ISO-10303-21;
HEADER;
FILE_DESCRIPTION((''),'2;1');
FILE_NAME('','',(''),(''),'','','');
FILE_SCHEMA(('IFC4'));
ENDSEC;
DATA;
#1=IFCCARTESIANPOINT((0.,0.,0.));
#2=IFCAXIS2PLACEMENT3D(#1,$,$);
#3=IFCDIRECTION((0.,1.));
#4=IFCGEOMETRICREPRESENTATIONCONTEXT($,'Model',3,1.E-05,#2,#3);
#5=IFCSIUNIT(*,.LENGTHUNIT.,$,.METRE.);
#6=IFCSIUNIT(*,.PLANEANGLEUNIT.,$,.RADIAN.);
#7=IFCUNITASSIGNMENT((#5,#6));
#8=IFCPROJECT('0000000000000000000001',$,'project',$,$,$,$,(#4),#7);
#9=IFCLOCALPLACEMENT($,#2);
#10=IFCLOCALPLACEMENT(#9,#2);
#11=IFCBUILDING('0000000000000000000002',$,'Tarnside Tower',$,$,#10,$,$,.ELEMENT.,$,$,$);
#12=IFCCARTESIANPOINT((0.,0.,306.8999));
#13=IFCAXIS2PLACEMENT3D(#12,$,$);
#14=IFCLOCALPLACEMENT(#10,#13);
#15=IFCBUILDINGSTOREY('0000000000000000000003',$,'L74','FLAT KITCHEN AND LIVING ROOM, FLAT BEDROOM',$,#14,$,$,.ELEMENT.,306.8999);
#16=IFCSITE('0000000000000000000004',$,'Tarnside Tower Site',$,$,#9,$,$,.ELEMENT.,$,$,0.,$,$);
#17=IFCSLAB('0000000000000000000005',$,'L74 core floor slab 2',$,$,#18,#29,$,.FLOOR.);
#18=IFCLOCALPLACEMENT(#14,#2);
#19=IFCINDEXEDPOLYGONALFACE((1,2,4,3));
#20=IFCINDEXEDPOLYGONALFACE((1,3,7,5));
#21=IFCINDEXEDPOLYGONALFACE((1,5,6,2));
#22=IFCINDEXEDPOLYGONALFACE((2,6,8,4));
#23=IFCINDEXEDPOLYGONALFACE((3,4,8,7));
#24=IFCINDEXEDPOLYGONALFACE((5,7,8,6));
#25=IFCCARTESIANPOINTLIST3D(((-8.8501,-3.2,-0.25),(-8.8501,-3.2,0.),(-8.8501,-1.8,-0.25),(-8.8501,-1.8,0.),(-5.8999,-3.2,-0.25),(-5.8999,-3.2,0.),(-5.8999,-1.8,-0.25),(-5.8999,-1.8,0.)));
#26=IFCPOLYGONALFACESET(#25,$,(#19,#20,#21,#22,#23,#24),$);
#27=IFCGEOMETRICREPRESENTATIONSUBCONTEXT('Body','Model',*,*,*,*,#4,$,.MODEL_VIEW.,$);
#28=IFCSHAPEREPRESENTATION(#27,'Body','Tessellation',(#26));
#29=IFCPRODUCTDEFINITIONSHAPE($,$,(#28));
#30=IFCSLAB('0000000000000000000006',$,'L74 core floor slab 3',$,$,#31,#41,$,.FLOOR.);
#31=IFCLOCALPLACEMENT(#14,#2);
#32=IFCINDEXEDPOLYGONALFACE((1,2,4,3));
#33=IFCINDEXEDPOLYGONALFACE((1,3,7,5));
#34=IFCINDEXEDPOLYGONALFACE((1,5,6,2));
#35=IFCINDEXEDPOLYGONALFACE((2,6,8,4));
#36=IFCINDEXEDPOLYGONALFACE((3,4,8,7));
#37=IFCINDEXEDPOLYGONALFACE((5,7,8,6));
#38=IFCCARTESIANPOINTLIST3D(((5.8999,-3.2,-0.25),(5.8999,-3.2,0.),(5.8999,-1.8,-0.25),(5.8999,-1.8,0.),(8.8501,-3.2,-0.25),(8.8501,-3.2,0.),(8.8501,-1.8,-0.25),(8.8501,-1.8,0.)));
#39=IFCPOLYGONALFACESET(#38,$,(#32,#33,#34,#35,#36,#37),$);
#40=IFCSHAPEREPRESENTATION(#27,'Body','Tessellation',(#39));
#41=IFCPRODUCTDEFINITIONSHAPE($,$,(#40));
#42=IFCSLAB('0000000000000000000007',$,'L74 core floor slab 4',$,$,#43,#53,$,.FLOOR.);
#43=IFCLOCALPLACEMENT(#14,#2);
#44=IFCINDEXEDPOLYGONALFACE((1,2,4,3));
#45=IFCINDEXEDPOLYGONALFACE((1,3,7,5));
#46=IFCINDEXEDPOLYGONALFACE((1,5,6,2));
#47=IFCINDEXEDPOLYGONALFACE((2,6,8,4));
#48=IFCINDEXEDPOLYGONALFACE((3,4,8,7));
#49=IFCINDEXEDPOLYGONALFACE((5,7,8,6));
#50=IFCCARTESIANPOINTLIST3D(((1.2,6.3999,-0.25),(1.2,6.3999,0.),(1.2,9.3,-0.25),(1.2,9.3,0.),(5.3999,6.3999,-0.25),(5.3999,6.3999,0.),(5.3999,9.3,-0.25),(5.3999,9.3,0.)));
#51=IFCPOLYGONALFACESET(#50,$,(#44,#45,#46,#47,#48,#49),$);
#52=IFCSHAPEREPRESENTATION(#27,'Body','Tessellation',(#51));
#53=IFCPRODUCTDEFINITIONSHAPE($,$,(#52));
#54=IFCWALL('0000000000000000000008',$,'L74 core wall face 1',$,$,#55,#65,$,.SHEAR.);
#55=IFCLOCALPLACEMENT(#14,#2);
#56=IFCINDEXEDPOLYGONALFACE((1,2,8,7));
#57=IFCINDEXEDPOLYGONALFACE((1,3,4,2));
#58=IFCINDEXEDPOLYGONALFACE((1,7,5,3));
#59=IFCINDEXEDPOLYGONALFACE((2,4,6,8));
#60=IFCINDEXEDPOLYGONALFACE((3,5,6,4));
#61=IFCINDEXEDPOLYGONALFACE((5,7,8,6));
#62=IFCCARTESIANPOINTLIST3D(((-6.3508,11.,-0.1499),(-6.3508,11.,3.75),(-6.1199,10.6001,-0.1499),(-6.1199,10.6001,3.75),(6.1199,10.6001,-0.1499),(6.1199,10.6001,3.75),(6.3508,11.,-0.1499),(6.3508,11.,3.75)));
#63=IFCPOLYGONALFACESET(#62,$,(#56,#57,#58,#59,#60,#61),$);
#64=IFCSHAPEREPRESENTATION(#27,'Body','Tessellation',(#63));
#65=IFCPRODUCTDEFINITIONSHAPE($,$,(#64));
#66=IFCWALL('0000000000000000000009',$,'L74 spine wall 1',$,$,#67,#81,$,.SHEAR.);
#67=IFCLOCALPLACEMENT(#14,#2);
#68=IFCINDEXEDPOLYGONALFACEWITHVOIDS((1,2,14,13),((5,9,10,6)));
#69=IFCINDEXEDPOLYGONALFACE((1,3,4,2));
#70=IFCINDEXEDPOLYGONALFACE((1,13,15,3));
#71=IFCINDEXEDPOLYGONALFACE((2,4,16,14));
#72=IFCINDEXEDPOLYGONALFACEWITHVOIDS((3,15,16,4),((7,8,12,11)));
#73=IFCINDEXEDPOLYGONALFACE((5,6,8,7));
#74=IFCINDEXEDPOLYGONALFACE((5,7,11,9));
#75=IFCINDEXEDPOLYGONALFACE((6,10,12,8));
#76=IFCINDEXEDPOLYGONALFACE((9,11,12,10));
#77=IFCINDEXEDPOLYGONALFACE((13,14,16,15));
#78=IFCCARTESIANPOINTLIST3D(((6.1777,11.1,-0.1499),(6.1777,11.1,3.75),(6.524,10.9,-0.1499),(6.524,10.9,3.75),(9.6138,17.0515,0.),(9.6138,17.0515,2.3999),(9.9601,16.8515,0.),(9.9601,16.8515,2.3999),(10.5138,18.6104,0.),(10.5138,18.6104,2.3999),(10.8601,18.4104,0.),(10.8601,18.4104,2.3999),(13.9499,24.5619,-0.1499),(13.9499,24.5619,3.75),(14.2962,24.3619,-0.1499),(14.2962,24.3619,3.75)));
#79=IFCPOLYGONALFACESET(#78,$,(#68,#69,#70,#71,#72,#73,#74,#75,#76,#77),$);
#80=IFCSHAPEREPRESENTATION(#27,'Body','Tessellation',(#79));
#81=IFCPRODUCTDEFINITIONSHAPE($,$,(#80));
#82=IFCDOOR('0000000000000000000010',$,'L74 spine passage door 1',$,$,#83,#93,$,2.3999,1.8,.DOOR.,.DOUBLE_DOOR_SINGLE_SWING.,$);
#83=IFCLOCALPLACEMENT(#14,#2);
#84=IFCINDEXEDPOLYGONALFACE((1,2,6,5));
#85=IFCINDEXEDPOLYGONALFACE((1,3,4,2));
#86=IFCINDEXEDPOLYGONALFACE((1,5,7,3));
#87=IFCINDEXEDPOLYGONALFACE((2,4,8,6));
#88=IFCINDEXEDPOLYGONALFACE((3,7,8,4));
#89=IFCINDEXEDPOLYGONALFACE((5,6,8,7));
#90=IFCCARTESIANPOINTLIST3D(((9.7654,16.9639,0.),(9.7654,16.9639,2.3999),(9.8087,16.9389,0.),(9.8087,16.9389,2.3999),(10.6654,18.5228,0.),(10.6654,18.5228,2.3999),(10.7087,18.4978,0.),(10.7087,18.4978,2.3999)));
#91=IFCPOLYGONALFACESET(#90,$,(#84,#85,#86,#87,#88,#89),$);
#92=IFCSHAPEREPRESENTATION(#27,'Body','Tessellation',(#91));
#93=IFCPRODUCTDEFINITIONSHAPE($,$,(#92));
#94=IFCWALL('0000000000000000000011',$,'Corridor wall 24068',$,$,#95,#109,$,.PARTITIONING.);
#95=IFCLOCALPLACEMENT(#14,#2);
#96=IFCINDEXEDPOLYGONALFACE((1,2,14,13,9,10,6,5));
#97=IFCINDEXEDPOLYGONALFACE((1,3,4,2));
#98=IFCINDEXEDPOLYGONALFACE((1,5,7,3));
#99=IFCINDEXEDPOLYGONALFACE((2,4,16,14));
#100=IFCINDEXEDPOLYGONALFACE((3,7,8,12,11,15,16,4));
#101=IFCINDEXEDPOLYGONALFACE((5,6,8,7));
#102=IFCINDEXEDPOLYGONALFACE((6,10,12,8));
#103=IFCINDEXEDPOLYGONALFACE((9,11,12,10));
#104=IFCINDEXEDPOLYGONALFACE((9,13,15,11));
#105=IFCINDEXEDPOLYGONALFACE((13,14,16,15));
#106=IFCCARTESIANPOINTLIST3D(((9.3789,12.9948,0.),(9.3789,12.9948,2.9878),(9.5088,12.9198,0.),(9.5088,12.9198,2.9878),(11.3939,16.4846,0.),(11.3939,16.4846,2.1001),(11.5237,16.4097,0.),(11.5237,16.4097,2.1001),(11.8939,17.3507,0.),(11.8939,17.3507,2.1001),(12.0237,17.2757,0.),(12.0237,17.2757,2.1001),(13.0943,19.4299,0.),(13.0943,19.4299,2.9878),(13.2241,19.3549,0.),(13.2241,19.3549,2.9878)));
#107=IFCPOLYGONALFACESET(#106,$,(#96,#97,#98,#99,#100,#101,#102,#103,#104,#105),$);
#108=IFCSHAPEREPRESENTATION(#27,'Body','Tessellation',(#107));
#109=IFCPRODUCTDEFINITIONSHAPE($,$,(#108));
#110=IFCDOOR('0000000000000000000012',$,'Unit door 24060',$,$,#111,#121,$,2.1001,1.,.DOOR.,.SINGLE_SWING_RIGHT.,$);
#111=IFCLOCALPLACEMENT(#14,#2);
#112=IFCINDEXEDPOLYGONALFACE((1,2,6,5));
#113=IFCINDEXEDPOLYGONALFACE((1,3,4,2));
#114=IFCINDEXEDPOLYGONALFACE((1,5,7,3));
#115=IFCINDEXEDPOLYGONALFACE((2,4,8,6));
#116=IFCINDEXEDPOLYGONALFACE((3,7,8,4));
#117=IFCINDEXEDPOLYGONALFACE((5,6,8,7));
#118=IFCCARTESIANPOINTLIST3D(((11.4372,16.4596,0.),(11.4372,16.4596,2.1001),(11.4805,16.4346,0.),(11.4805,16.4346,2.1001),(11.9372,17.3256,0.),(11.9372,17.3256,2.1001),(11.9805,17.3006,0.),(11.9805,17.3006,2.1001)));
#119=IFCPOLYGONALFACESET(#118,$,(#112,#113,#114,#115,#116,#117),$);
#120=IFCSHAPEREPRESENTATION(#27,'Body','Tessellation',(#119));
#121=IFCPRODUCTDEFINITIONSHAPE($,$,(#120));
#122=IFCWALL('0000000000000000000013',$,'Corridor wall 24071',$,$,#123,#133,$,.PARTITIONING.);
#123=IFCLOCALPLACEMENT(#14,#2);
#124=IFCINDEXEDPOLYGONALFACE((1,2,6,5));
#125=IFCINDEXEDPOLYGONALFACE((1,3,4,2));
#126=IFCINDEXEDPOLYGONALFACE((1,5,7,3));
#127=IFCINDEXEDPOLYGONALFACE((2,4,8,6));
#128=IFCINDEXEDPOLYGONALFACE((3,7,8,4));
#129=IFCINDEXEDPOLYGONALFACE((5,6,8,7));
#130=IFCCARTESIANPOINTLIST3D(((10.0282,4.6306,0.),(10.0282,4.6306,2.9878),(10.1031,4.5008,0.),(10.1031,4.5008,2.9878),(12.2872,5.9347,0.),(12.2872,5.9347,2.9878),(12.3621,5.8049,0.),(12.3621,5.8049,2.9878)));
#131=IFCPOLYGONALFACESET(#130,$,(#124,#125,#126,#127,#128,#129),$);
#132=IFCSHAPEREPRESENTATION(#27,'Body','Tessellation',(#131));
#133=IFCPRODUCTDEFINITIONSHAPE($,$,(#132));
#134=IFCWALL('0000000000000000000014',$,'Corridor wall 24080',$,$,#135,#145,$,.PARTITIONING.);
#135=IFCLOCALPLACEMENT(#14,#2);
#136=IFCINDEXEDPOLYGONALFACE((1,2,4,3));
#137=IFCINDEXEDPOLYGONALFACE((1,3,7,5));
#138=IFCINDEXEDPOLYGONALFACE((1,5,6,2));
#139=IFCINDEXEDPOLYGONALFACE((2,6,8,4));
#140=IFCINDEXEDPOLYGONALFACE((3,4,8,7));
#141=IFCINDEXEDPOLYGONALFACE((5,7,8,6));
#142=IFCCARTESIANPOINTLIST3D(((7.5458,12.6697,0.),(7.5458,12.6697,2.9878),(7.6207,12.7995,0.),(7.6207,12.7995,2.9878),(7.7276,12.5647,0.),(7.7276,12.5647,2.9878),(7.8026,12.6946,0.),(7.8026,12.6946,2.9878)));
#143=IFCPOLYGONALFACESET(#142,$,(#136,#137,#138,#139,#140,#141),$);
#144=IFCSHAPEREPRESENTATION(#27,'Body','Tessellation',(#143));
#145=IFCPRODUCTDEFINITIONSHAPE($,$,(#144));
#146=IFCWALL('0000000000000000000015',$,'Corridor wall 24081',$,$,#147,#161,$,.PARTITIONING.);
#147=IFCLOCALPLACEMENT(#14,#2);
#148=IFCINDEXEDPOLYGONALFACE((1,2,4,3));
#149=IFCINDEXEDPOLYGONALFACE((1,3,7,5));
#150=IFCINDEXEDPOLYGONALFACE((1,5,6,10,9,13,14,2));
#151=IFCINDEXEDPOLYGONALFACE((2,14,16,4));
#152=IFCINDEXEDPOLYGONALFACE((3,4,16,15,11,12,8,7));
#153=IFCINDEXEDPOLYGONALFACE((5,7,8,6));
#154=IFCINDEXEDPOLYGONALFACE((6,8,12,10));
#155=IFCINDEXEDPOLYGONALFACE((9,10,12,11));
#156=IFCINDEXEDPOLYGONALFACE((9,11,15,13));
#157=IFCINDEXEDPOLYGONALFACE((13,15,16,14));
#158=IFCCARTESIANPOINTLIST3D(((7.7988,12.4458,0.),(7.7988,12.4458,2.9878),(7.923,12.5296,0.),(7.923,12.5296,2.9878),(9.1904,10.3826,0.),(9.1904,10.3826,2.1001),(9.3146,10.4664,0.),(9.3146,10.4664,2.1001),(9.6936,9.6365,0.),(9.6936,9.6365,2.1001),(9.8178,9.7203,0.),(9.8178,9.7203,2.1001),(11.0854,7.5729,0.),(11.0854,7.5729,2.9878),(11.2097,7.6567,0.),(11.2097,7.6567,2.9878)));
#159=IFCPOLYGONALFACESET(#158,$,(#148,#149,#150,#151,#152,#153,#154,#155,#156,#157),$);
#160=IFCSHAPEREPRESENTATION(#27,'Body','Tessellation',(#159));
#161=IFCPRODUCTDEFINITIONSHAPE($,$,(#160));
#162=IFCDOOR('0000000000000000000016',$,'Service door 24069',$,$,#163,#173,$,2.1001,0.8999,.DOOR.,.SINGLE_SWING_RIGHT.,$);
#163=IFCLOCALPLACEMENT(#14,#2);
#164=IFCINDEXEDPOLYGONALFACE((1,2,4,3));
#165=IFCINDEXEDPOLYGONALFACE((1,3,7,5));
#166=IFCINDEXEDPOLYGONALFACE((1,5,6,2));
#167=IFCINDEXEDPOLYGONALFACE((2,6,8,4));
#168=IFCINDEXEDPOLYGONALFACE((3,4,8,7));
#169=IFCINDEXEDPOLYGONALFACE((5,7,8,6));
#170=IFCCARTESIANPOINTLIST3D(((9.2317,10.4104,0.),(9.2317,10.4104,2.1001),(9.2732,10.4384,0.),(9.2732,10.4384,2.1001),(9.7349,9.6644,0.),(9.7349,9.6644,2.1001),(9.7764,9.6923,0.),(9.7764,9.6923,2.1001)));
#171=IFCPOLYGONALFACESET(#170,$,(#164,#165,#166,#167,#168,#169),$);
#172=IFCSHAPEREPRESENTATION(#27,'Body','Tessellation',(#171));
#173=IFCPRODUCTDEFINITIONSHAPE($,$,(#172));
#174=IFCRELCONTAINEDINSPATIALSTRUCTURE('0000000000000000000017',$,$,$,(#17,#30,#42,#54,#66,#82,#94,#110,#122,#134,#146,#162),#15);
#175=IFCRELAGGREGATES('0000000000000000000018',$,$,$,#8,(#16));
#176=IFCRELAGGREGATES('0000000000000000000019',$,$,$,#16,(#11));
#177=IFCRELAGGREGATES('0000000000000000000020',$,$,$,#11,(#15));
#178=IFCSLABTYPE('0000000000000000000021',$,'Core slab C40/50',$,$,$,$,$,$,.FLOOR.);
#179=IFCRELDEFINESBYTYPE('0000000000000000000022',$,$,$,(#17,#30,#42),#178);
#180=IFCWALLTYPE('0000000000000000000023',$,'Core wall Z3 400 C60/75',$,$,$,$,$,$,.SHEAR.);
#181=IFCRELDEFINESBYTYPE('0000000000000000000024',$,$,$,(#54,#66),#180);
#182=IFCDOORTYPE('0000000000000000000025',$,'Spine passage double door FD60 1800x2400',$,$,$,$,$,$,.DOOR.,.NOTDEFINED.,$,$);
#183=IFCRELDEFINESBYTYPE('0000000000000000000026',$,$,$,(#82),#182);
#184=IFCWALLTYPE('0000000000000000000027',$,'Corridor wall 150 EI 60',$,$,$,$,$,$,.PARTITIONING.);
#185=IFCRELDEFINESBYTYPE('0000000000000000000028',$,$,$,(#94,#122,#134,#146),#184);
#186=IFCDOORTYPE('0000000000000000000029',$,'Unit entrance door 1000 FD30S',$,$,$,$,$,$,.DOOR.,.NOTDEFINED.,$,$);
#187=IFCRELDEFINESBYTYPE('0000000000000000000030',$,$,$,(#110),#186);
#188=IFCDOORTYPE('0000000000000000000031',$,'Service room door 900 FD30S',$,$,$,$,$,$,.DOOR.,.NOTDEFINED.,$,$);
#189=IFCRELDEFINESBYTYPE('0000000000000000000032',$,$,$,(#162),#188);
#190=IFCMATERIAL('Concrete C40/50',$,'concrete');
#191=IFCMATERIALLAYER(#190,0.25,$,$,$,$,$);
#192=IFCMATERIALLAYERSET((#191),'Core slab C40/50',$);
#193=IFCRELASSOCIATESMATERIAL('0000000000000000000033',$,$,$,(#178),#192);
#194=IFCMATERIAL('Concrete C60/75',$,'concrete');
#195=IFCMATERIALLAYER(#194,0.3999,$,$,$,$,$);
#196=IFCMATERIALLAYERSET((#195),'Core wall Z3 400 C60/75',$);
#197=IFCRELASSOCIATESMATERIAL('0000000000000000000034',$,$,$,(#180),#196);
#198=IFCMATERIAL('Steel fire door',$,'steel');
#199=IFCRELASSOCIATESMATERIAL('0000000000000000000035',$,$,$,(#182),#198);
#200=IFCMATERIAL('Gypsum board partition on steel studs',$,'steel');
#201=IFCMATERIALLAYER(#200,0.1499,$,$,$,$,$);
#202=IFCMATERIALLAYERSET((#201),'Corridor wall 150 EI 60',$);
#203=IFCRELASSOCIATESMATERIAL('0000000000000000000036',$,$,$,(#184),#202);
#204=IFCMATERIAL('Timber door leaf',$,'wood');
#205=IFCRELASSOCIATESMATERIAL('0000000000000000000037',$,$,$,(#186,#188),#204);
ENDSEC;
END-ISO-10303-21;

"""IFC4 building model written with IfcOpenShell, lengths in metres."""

from ifc_helpers import new_model, si_unit, direction, frame, frame_2d, origin, place, context, subcontext, project, spatial, polyline, rectangle, outline, extrude, material, layer, layer_set, type_object, element, fill, save


model = new_model("IFC4")

# Units and contexts
model_context = context("Model", 3, precision=1e-05, world=origin(), true_north=direction((0.0, 1.0)))
body_context = subcontext(model_context, "Body", "Model", "MODEL_VIEW")
ifc_project = project(units=[si_unit("LENGTHUNIT", "METRE"), si_unit("PLANEANGLEUNIT", "RADIAN")], contexts=[model_context])

# Site, building, storey
site_placement = place(None, origin())
site = spatial("IfcSite", under=ifc_project, at=site_placement, Name="Tarnside Tower Site", CompositionType="ELEMENT", RefElevation=0.0)
building_placement = place(site_placement, origin())
building = spatial("IfcBuilding", under=site, at=building_placement, Name="Tarnside Tower", CompositionType="ELEMENT")
storey_placement = place(building_placement, frame((0.0, 0.0, 306.8999)))
storey = spatial("IfcBuildingStorey", under=building, at=storey_placement, Name="L74", Description="FLAT KITCHEN AND LIVING ROOM, FLAT BEDROOM", CompositionType="ELEMENT", Elevation=306.8999)

# Slabs
ifc_material_1 = material(Name="Concrete C40/50", Category="concrete")
ifc_layer_1 = layer(ifc_material_1, 0.25)
ifc_layer_set_1 = layer_set([ifc_layer_1], Name="Core slab C40/50")
slab_type = type_object("IfcSlabType", Name="Core slab C40/50", PredefinedType="FLOOR", material=ifc_layer_set_1)
slab_1_placement = place(storey_placement, frame((0.0, 0.0, -0.25)))
element("IfcSlab", 1, at=slab_1_placement, inside=storey, type_object=slab_type, Name="L74 core floor slab 2", PredefinedType="FLOOR", context=body_context, shape_type="SweptSolid", body=[
    extrude(outline(polyline([(-8.8501, -3.2), (-8.8501, -1.8), (-5.8999, -1.8), (-5.8999, -3.2), (-8.8501, -3.2)])), origin(), (0.0, 0.0, 1.0), 0.25),
])
slab_2_placement = place(storey_placement, frame((0.0, 0.0, -0.25)))
element("IfcSlab", 2, at=slab_2_placement, inside=storey, type_object=slab_type, Name="L74 core floor slab 3", PredefinedType="FLOOR", context=body_context, shape_type="SweptSolid", body=[
    extrude(outline(polyline([(5.8999, -1.8), (8.8501, -1.8), (8.8501, -3.2), (5.8999, -3.2), (5.8999, -1.8)])), origin(), (0.0, 0.0, 1.0), 0.25),
])
slab_3_placement = place(storey_placement, frame((0.0, 0.0, -0.25)))
element("IfcSlab", 3, at=slab_3_placement, inside=storey, type_object=slab_type, Name="L74 core floor slab 4", PredefinedType="FLOOR", context=body_context, shape_type="SweptSolid", body=[
    extrude(outline(polyline([(5.3999, 6.3999), (1.2, 6.3999), (1.2, 9.3), (5.3999, 9.3), (5.3999, 6.3999)])), origin(), (0.0, 0.0, 1.0), 0.25),
])

# Wall
ifc_material_2 = material(Name="Concrete C60/75", Category="concrete")
ifc_layer_2 = layer(ifc_material_2, 0.3999)
ifc_layer_set_2 = layer_set([ifc_layer_2], Name="Core wall Z3 400 C60/75")
wall_type_1 = type_object("IfcWallType", Name="Core wall Z3 400 C60/75", PredefinedType="SHEAR", material=ifc_layer_set_2)
wall_1_placement = place(storey_placement, frame((6.2354, 10.8, -0.1499), z_axis=(0.0, 0.0, 1.0), x_axis=(-1.0, 0.0, 0.0)))
element("IfcWall", 4, at=wall_1_placement, inside=storey, type_object=wall_type_1, Name="L74 core wall face 1", PredefinedType="SHEAR", context=body_context, shape_type="SweptSolid", body=[
    extrude(outline(polyline([(-0.1155, -0.2), (12.5862, -0.2), (12.3552, 0.2), (0.1155, 0.2), (-0.1155, -0.2)])), origin(), (0.0, 0.0, 1.0), 3.8999),
])

# Walls, openings, doors
wall_2_placement = place(storey_placement, frame((6.3508, 11.0, -0.1499), z_axis=(0.0, 0.0, 1.0), x_axis=(0.499999, 0.866026, 0.0)))
wall_2 = element("IfcWall", 5, at=wall_2_placement, inside=storey, type_object=wall_type_1, Name="L74 spine wall 1", PredefinedType="SHEAR", context=body_context, shape_type="SweptSolid", body=[
    extrude(rectangle(XDim=15.5444, YDim=0.3999, at=frame_2d((7.7722, 0.0))), origin(), (0.0, 0.0, 1.0), 3.8999),
])
opening_1_placement = place(wall_2_placement, frame((6.8723, 0.0, 0.1499)))
opening_1 = element("IfcOpeningElement", 6, at=opening_1_placement, cuts=wall_2, PredefinedType="OPENING", context=body_context, shape_type="SweptSolid", body=[
    extrude(rectangle(XDim=1.8, YDim=2.3999, at=frame_2d((0.8999, 1.2))), frame((0.0, 0.21, 0.0), z_axis=(0.0, -1.0, 0.0), x_axis=(1.0, 0.0, 0.0)), (0.0, 0.0, 1.0), 0.4199),
])
ifc_material_3 = material(Name="Steel fire door", Category="steel")
door_type_1 = type_object("IfcDoorType", Name="Spine passage double door FD60 1800x2400", OperationType="NOTDEFINED", PredefinedType="DOOR", material=ifc_material_3)
door_1_placement = place(opening_1_placement, origin())
door_1 = element("IfcDoor", 7, at=door_1_placement, inside=storey, type_object=door_type_1, Name="L74 spine passage door 1", OperationType="DOUBLE_DOOR_SINGLE_SWING", OverallHeight=2.3999, OverallWidth=1.8, PredefinedType="DOOR", context=body_context, shape_type="SweptSolid", body=[
    extrude(rectangle(XDim=1.8, YDim=2.3999, at=frame_2d((0.8999, 1.2))), frame((0.0, 0.0249, 0.0), z_axis=(0.0, -1.0, 0.0), x_axis=(1.0, 0.0, 0.0)), (0.0, 0.0, 1.0), 0.05),
])
fill(opening_1, door_1)
ifc_material_4 = material(Name="Gypsum board partition on steel studs", Category="steel")
ifc_layer_3 = layer(ifc_material_4, 0.1499)
ifc_layer_set_3 = layer_set([ifc_layer_3], Name="Corridor wall 150 EI 60")
wall_type_2 = type_object("IfcWallType", Name="Corridor wall 150 EI 60", PredefinedType="PARTITIONING", material=ifc_layer_set_3)
wall_3_placement = place(storey_placement, frame((9.4438, 12.9573, 0.0), z_axis=(0.0, 0.0, 1.0), x_axis=(0.500005, 0.866023, 0.0)))
wall_3 = element("IfcWall", 8, at=wall_3_placement, inside=storey, type_object=wall_type_2, Name="Corridor wall 24068", PredefinedType="PARTITIONING", context=body_context, shape_type="SweptSolid", body=[
    extrude(rectangle(XDim=7.4307, YDim=0.1499, at=frame_2d((3.7153, 0.0))), origin(), (0.0, 0.0, 1.0), 2.9878),
])
opening_2_placement = place(wall_3_placement, frame((4.0298, 0.0, 0.0)))
opening_2 = element("IfcOpeningElement", 9, at=opening_2_placement, cuts=wall_3, PredefinedType="OPENING", context=body_context, shape_type="SweptSolid", body=[
    extrude(rectangle(XDim=1.0, YDim=2.1001, at=frame_2d((0.5, 1.05))), frame((0.0, 0.085, 0.0), z_axis=(0.0, -1.0, 0.0), x_axis=(1.0, 0.0, 0.0)), (0.0, 0.0, 1.0), 0.1699),
])
ifc_material_5 = material(Name="Timber door leaf", Category="wood")
door_type_2 = type_object("IfcDoorType", Name="Unit entrance door 1000 FD30S", OperationType="NOTDEFINED", PredefinedType="DOOR", material=ifc_material_5)
door_2_placement = place(opening_2_placement, origin())
door_2 = element("IfcDoor", 10, at=door_2_placement, inside=storey, type_object=door_type_2, Name="Unit door 24060", OperationType="SINGLE_SWING_RIGHT", OverallHeight=2.1001, OverallWidth=1.0, PredefinedType="DOOR", context=body_context, shape_type="SweptSolid", body=[
    extrude(rectangle(XDim=1.0, YDim=2.1001, at=frame_2d((0.5, 1.05))), frame((0.0, 0.0249, 0.0), z_axis=(0.0, -1.0, 0.0), x_axis=(1.0, 0.0, 0.0)), (0.0, 0.0, 1.0), 0.05),
])
fill(opening_2, door_2)

# Walls
wall_4_placement = place(storey_placement, frame((10.0657, 4.5657, 0.0), z_axis=(0.0, 0.0, 1.0), x_axis=(0.866034, 0.499984, 0.0)))
element("IfcWall", 11, at=wall_4_placement, inside=storey, type_object=wall_type_2, Name="Corridor wall 24071", PredefinedType="PARTITIONING", context=body_context, shape_type="SweptSolid", body=[
    extrude(rectangle(XDim=2.6084, YDim=0.1499, at=frame_2d((1.3042, 0.0))), origin(), (0.0, 0.0, 1.0), 2.9878),
])
wall_5_placement = place(storey_placement, frame((7.5833, 12.7346, 0.0), z_axis=(0.0, 0.0, 1.0), x_axis=(0.866089, -0.49989, 0.0)))
element("IfcWall", 12, at=wall_5_placement, inside=storey, type_object=wall_type_2, Name="Corridor wall 24080", PredefinedType="PARTITIONING", context=body_context, shape_type="SweptSolid", body=[
    extrude(rectangle(XDim=0.21, YDim=0.1499, at=frame_2d((0.105, 0.0))), origin(), (0.0, 0.0, 1.0), 2.9878),
])

# Wall, opening, door
wall_6_placement = place(storey_placement, frame((7.8608, 12.4878, 0.0), z_axis=(0.0, 0.0, 1.0), x_axis=(0.559178, -0.829047, 0.0)))
wall_6 = element("IfcWall", 13, at=wall_6_placement, inside=storey, type_object=wall_type_2, Name="Corridor wall 24081", PredefinedType="PARTITIONING", context=body_context, shape_type="SweptSolid", body=[
    extrude(rectangle(XDim=5.8777, YDim=0.1499, at=frame_2d((2.939, 0.0))), origin(), (0.0, 0.0, 1.0), 2.9878),
])
opening_3_placement = place(wall_6_placement, frame((2.4888, 0.0, 0.0)))
opening_3 = element("IfcOpeningElement", 14, at=opening_3_placement, cuts=wall_6, PredefinedType="OPENING", context=body_context, shape_type="SweptSolid", body=[
    extrude(rectangle(XDim=0.8999, YDim=2.1001, at=frame_2d((0.45, 1.05))), frame((0.0, 0.085, 0.0), z_axis=(0.0, -1.0, 0.0), x_axis=(1.0, 0.0, 0.0)), (0.0, 0.0, 1.0), 0.1699),
])
door_type_3 = type_object("IfcDoorType", Name="Service room door 900 FD30S", OperationType="NOTDEFINED", PredefinedType="DOOR", material=ifc_material_5)
door_3_placement = place(opening_3_placement, origin())
door_3 = element("IfcDoor", 15, at=door_3_placement, inside=storey, type_object=door_type_3, Name="Service door 24069", OperationType="SINGLE_SWING_RIGHT", OverallHeight=2.1001, OverallWidth=0.8999, PredefinedType="DOOR", context=body_context, shape_type="SweptSolid", body=[
    extrude(rectangle(XDim=0.8999, YDim=2.1001, at=frame_2d((0.45, 1.05))), frame((0.0, 0.0249, 0.0), z_axis=(0.0, -1.0, 0.0), x_axis=(1.0, 0.0, 0.0)), (0.0, 0.0, 1.0), 0.05),
])
fill(opening_3, door_3)

save(model, "model.ifc")
